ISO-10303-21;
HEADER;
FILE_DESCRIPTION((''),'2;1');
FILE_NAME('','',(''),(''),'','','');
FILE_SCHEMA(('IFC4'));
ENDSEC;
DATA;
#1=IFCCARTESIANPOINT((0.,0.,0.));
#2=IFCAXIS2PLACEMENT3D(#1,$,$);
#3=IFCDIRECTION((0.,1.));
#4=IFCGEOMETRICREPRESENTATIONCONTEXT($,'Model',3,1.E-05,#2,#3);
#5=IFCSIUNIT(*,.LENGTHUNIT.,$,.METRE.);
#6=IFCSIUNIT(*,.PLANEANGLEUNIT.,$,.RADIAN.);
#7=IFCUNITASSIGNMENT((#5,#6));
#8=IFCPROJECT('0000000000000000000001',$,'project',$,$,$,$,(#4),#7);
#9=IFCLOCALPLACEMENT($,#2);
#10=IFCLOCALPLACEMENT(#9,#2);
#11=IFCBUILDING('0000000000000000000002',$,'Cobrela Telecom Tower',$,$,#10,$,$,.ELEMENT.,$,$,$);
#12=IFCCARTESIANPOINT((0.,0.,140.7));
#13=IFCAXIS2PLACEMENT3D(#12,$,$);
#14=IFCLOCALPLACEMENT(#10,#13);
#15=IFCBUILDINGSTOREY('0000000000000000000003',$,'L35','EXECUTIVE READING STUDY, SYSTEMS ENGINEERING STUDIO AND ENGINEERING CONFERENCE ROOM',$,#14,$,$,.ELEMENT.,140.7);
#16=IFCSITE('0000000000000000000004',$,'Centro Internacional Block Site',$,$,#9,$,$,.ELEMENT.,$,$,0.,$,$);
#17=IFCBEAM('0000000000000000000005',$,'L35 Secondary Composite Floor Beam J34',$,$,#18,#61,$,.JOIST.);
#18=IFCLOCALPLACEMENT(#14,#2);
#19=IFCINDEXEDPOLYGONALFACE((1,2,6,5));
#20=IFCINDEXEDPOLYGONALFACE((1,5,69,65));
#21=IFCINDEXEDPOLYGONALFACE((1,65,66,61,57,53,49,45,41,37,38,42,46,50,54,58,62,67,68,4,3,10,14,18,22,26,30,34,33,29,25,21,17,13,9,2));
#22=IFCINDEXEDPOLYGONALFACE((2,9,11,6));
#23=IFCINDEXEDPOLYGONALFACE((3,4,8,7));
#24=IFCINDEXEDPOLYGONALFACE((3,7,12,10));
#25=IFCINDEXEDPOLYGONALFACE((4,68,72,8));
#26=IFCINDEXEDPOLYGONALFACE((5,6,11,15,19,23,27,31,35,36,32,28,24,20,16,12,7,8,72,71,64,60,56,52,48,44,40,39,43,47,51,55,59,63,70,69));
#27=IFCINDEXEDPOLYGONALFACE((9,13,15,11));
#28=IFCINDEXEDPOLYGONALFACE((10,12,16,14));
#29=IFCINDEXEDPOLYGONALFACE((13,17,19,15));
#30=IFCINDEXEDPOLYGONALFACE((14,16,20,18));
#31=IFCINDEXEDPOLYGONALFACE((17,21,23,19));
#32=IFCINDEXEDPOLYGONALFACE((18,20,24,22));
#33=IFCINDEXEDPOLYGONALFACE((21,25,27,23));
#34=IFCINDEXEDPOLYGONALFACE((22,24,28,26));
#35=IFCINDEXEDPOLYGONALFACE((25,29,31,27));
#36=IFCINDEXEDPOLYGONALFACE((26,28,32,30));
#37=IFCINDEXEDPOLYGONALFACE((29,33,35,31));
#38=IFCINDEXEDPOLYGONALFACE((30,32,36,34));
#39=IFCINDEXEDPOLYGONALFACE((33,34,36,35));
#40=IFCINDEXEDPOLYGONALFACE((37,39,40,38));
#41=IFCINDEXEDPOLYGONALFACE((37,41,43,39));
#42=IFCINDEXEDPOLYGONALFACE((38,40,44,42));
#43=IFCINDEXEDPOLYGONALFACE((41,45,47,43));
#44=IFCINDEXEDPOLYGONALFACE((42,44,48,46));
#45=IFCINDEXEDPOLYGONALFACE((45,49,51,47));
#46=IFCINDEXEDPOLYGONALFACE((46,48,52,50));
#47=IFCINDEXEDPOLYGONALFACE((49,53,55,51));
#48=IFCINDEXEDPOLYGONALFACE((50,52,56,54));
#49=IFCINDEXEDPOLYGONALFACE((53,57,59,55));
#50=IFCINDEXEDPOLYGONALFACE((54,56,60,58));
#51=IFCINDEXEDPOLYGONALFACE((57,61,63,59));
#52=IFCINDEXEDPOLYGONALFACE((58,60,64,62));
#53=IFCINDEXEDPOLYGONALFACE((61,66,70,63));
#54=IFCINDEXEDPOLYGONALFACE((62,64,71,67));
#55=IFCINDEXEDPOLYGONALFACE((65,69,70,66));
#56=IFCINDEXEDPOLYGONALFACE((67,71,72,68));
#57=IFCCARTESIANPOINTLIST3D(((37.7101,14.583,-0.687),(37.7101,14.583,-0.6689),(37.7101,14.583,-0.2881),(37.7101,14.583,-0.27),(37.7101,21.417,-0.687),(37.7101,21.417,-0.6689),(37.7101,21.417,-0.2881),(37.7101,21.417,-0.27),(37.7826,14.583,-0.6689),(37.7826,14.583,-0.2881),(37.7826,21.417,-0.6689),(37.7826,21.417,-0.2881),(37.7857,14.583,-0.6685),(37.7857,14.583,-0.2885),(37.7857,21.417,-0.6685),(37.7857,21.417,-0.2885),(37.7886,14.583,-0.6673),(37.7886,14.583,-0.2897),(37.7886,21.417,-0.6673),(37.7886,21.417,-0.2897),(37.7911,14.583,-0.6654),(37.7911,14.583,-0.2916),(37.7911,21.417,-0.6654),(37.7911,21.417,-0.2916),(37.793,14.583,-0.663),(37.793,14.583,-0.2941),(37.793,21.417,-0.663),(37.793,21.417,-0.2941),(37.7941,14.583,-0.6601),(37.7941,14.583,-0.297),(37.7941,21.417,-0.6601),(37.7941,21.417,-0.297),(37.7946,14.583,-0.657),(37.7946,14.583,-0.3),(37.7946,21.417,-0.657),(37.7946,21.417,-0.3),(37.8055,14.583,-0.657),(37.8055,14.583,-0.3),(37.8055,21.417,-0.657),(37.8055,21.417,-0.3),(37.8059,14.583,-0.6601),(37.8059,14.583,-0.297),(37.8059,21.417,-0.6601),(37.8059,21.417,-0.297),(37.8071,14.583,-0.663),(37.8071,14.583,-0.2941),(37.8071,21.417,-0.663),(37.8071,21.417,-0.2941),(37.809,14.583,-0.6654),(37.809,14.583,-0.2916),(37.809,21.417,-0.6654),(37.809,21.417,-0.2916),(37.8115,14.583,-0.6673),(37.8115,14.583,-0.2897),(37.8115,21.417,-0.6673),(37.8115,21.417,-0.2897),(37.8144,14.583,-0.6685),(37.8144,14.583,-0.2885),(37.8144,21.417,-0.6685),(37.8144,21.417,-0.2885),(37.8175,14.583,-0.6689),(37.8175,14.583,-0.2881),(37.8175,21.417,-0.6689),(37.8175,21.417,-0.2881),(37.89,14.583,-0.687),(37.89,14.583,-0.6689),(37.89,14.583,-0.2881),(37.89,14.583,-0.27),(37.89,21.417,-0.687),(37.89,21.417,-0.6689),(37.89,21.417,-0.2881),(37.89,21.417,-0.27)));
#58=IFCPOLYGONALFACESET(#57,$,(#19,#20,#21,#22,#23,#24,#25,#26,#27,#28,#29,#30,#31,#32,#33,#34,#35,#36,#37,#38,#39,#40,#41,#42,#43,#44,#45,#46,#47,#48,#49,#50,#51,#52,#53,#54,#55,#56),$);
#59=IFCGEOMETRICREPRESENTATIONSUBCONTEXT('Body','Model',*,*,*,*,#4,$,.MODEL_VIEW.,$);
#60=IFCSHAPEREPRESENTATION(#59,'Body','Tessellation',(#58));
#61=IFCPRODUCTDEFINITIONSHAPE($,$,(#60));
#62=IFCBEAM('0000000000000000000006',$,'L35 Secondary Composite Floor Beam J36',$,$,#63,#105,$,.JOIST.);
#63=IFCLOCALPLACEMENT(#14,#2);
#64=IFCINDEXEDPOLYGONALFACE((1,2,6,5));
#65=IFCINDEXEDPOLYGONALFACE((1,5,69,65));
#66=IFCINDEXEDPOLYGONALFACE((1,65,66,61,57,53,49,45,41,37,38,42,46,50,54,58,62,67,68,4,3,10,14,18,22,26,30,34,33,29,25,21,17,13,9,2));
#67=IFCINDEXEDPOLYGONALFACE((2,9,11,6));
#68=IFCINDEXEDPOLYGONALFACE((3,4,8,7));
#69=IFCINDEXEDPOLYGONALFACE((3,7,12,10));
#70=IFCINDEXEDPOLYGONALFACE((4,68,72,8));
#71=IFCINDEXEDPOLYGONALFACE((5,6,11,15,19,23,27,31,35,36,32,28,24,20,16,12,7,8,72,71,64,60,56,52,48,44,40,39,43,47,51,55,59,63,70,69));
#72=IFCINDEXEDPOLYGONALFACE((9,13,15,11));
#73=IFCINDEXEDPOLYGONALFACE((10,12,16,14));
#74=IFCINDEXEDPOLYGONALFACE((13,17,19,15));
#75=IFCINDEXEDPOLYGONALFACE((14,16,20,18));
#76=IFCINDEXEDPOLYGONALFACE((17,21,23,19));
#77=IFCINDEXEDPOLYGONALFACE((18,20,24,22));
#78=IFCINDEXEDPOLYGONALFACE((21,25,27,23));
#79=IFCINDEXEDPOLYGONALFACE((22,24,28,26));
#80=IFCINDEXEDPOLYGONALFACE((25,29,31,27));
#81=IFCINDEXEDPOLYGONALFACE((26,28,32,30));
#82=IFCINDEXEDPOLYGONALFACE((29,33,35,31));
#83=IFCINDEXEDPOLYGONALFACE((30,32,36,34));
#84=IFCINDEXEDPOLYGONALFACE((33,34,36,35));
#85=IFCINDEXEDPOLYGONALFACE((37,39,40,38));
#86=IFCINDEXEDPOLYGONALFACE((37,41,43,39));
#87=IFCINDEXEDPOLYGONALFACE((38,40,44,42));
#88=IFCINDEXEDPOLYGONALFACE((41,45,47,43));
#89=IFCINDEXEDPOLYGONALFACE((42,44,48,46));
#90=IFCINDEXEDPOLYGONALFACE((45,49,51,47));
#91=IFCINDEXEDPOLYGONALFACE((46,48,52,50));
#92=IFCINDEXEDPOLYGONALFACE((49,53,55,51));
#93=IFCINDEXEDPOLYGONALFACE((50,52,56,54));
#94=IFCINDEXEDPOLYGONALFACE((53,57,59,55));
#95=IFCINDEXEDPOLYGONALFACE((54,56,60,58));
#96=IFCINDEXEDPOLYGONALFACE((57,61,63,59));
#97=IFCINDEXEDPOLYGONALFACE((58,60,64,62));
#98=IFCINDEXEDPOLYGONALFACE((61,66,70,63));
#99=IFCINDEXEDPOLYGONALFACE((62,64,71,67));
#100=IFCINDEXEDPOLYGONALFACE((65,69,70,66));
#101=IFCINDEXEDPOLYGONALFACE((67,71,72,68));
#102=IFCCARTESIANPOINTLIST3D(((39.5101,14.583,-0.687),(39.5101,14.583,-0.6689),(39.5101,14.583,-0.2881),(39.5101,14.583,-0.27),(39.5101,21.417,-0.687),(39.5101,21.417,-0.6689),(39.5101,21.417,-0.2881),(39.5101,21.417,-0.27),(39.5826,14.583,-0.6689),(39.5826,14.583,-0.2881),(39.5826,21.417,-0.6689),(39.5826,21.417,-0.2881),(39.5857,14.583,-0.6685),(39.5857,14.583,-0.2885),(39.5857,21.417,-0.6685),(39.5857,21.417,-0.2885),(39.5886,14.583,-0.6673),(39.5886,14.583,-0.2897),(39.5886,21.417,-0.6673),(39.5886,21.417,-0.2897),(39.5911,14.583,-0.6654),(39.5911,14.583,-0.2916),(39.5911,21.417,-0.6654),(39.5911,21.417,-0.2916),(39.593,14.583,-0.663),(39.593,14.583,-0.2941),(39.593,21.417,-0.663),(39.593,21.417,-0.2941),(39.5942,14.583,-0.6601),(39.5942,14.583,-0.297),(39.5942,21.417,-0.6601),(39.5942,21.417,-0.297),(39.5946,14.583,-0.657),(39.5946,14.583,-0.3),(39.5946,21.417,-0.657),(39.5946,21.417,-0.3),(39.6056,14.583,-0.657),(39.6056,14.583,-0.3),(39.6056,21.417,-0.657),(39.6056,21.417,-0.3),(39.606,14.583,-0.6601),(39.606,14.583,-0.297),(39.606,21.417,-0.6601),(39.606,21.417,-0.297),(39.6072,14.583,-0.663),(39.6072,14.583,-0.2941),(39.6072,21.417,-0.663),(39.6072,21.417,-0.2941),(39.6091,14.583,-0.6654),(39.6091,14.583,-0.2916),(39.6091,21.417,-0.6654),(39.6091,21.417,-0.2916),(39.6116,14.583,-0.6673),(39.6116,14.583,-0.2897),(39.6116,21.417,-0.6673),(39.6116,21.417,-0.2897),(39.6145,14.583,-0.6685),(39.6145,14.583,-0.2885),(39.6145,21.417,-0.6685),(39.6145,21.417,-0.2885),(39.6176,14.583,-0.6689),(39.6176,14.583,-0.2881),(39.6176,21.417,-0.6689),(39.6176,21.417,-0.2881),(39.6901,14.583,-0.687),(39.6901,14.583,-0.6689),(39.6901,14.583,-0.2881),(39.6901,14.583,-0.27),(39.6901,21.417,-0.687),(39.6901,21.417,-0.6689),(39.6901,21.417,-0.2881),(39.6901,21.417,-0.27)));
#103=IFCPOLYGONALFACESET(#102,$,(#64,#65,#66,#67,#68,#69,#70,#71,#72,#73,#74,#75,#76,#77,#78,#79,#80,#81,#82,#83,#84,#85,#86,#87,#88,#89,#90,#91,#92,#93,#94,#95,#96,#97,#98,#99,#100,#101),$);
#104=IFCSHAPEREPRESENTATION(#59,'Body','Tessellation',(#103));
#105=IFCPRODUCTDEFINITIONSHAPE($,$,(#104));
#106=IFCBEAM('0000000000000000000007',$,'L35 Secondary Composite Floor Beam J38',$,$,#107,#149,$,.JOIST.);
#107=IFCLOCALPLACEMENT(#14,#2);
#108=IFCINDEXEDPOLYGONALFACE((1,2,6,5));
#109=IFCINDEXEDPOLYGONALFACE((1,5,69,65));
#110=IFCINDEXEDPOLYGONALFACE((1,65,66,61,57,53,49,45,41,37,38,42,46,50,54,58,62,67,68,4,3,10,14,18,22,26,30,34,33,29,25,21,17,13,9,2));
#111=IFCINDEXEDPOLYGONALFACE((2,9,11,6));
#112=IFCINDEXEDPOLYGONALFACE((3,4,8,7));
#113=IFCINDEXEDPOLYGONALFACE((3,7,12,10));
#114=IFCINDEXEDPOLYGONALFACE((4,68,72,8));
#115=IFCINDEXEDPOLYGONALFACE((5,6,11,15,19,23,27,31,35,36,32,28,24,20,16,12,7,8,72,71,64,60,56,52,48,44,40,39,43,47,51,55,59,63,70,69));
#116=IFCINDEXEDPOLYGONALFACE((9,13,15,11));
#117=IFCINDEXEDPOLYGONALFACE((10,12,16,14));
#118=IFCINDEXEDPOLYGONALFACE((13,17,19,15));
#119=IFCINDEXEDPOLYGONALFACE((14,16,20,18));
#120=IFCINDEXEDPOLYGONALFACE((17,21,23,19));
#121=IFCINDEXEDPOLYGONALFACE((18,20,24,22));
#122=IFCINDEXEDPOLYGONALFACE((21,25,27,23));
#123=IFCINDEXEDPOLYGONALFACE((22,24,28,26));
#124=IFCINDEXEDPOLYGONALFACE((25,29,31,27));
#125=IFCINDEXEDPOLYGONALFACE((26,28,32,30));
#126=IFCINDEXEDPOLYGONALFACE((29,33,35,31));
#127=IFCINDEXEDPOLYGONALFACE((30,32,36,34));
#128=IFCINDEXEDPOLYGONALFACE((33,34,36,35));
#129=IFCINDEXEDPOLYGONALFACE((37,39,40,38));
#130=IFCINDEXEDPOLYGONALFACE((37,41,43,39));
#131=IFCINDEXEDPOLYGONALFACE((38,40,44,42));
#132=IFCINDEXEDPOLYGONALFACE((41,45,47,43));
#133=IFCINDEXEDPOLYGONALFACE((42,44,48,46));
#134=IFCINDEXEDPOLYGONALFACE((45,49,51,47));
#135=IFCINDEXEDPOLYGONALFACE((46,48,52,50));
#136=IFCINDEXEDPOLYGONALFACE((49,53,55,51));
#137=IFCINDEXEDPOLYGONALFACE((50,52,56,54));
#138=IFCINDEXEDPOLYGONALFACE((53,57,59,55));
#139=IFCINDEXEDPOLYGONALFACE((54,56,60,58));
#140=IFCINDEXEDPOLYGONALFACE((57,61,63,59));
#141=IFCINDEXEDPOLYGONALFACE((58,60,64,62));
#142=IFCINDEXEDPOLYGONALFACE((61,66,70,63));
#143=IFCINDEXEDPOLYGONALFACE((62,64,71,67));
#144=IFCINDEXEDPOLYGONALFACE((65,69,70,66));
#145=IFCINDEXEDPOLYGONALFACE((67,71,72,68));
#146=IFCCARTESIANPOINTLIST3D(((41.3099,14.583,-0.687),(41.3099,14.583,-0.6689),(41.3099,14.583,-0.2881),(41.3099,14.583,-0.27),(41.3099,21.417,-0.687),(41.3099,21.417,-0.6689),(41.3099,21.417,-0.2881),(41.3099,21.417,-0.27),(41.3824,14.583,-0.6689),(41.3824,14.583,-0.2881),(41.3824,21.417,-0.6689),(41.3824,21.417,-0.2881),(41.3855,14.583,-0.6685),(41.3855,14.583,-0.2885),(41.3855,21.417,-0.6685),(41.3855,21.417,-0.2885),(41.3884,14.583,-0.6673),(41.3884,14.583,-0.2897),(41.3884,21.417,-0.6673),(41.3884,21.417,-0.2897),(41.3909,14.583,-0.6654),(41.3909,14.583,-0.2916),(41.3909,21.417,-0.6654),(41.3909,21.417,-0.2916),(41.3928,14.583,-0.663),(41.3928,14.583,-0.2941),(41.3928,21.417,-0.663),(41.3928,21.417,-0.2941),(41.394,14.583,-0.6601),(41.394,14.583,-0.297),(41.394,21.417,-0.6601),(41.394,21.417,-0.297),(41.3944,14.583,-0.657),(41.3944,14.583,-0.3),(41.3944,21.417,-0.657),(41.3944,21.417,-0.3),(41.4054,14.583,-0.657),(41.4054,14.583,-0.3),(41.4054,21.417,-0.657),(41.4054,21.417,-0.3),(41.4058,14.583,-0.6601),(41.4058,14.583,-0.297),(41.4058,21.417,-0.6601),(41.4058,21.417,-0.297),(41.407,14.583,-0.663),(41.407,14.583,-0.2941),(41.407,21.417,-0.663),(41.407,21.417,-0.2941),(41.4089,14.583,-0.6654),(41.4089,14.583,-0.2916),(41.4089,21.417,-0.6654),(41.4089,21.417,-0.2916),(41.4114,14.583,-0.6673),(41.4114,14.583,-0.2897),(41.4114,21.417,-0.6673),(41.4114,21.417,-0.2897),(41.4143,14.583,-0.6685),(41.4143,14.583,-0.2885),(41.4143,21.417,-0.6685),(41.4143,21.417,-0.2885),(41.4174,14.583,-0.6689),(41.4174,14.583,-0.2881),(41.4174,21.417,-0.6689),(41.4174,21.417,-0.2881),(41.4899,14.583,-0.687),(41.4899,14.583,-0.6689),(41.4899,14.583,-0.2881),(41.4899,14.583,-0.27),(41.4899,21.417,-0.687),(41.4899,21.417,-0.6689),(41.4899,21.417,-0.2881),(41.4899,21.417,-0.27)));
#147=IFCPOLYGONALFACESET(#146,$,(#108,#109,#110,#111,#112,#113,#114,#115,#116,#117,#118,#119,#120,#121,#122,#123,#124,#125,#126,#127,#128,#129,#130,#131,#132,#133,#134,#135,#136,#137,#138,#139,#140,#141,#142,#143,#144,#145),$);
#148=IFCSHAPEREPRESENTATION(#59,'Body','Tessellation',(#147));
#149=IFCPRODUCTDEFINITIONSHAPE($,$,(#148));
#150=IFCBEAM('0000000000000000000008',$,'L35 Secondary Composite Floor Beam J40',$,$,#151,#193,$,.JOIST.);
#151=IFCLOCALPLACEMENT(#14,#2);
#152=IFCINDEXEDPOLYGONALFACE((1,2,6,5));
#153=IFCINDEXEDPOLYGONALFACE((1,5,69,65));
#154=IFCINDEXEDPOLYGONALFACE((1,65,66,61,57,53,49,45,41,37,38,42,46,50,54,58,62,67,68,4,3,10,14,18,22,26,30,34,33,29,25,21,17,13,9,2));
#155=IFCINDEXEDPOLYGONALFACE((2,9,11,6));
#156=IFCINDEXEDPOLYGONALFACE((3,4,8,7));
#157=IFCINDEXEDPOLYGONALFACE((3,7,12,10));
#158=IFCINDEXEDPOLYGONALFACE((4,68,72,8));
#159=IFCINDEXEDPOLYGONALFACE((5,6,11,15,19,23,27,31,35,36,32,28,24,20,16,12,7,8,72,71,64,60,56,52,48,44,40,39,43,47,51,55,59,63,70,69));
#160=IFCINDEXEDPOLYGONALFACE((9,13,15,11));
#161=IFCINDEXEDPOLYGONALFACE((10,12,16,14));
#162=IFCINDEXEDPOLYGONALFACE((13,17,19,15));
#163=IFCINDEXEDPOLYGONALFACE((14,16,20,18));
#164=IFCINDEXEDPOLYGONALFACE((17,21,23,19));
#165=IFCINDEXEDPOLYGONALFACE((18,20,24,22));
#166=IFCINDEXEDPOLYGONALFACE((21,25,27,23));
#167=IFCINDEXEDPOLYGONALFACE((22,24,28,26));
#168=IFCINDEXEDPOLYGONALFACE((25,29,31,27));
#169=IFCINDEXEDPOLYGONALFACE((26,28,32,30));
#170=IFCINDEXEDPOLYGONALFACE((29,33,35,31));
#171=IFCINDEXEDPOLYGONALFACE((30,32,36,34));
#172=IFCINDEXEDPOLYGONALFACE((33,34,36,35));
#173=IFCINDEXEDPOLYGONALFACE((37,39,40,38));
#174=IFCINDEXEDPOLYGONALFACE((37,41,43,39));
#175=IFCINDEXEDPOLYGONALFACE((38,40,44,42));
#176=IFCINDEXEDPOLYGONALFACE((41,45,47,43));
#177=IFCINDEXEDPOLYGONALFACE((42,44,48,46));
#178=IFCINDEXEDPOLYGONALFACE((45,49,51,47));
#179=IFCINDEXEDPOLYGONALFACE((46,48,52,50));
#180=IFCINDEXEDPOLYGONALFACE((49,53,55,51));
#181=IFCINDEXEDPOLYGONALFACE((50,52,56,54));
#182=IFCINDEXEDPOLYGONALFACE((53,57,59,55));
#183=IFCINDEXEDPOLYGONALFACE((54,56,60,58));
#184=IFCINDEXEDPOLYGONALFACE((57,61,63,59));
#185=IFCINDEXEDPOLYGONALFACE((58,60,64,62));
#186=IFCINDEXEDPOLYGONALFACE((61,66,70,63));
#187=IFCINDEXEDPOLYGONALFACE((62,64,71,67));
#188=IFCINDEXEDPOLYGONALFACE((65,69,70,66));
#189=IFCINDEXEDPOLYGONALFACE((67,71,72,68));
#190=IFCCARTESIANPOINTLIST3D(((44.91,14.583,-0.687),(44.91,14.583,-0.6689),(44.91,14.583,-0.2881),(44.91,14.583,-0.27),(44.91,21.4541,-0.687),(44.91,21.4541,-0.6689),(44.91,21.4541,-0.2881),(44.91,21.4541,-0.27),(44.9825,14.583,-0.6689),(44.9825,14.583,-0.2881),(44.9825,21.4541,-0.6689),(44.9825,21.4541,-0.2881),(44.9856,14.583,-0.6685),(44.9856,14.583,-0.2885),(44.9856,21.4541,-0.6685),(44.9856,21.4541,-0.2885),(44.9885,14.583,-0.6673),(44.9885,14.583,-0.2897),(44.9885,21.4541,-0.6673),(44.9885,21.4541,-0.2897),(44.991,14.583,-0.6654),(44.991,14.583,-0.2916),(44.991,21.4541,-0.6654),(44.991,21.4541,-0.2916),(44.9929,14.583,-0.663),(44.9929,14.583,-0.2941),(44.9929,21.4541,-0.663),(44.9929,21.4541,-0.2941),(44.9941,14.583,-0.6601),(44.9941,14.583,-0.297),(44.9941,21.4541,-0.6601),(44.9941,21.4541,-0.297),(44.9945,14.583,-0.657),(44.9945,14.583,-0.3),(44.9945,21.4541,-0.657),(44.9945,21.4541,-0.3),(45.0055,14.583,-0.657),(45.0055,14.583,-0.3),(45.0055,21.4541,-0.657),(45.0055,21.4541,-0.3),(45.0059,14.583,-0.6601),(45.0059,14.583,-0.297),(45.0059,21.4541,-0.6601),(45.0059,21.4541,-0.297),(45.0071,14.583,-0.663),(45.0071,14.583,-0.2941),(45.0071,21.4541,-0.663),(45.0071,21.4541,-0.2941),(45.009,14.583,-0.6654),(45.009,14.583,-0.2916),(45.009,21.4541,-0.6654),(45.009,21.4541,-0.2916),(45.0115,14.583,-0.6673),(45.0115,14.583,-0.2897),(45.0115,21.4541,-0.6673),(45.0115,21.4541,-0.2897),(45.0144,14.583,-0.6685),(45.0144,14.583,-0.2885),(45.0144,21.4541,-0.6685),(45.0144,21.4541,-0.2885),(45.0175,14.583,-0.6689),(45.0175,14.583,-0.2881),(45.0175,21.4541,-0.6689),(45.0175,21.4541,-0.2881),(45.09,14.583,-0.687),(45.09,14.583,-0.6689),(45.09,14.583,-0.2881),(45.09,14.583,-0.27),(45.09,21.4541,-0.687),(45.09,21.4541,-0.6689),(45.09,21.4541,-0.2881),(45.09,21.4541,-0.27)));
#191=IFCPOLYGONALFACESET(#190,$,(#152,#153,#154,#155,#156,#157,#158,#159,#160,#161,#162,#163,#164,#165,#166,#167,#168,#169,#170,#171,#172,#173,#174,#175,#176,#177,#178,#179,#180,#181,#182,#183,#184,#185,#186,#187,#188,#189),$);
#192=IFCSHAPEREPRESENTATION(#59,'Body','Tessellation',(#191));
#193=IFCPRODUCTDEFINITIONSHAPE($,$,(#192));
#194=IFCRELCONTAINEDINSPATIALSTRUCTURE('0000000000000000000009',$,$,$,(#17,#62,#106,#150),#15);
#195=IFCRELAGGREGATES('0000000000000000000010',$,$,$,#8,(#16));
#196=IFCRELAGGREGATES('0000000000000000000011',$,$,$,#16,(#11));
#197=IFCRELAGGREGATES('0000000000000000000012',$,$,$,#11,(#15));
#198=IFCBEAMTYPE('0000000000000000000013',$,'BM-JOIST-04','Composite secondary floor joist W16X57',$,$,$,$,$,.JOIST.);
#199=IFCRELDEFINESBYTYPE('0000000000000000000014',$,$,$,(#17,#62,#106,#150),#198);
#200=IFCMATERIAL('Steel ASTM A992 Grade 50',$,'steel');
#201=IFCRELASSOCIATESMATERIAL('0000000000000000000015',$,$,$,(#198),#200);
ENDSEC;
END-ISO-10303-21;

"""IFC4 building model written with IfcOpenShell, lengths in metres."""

from ifc_helpers import new_model, si_unit, direction, frame, origin, origin_2d, place, context, subcontext, project, spatial, i_section, extrude, material, material_profile, profile_set, type_object, element, save


model = new_model("IFC4")

# Units and contexts
model_context = context("Model", 3, precision=1e-05, world=origin(), true_north=direction((0.0, 1.0)))
body_context = subcontext(model_context, "Body", "Model", "MODEL_VIEW")
ifc_project = project(units=[si_unit("LENGTHUNIT", "METRE"), si_unit("PLANEANGLEUNIT", "RADIAN")], contexts=[model_context])

# Site, building, storey
site_placement = place(None, origin())
site = spatial("IfcSite", under=ifc_project, at=site_placement, Name="Centro Internacional Block Site", CompositionType="ELEMENT", RefElevation=0.0)
building_placement = place(site_placement, origin())
building = spatial("IfcBuilding", under=site, at=building_placement, Name="Cobrela Telecom Tower", CompositionType="ELEMENT")
storey_placement = place(building_placement, frame((0.0, 0.0, 140.7)))
storey = spatial("IfcBuildingStorey", under=building, at=storey_placement, Name="L35", Description="EXECUTIVE READING STUDY, SYSTEMS ENGINEERING STUDIO AND ENGINEERING CONFERENCE ROOM", CompositionType="ELEMENT", Elevation=140.7)

# Shared definitions
ifc_material_1 = material(Name="Steel ASTM A992 Grade 50", Category="steel")

# Beams
ifc_material_profile_1 = material_profile(ifc_material_1, i_section(OverallWidth=0.1799, OverallDepth=0.417, WebThickness=0.011, FlangeThickness=0.0181, FilletRadius=0.012, at=origin_2d()), Name="W16X57")
ifc_profile_set_1 = profile_set([ifc_material_profile_1], Name="Steel ASTM A992 Grade 50")
beam_type_1 = type_object("IfcBeamType", Name="BM-JOIST-04", Description="Composite secondary floor joist W16X57", PredefinedType="JOIST", material=ifc_profile_set_1)
for number, where, z_axis, x_axis, name in (
    (1, (37.8, 14.583, -0.4785), (0.0, 1.0, 0.0), (-1.0, 0.0, 0.0), "L35 Secondary Composite Floor Beam J34"),
    (2, (39.6001, 14.583, -0.4785), (0.0, 1.0, 0.0), (-1.0, 0.0, 0.0), "L35 Secondary Composite Floor Beam J36"),
    (3, (41.3999, 14.583, -0.4785), (0.0, 1.0, 0.0), (-1.0, 0.0, 0.0), "L35 Secondary Composite Floor Beam J38"),
):
    element("IfcBeam", number, at=place(storey_placement, frame(where, z_axis=z_axis, x_axis=x_axis)), inside=storey, type_object=beam_type_1, Name=name, PredefinedType="JOIST", context=body_context, shape_type="SweptSolid", body=[
        extrude(i_section(OverallWidth=0.1799, OverallDepth=0.417, WebThickness=0.011, FlangeThickness=0.0181, FilletRadius=0.012, at=origin_2d()), origin(), (0.0, 0.0, 1.0), 6.834),
    ])
beam_1_placement = place(storey_placement, frame((45.0, 14.583, -0.4785), z_axis=(0.0, 1.0, 0.0), x_axis=(-1.0, 0.0, 0.0)))
element("IfcBeam", 4, at=beam_1_placement, inside=storey, type_object=beam_type_1, Name="L35 Secondary Composite Floor Beam J40", PredefinedType="JOIST", context=body_context, shape_type="SweptSolid", body=[
    extrude(i_section(OverallWidth=0.1799, OverallDepth=0.417, WebThickness=0.011, FlangeThickness=0.0181, FilletRadius=0.012, at=origin_2d()), origin(), (0.0, 0.0, 1.0), 6.8711),
])

save(model, "model.ifc")
